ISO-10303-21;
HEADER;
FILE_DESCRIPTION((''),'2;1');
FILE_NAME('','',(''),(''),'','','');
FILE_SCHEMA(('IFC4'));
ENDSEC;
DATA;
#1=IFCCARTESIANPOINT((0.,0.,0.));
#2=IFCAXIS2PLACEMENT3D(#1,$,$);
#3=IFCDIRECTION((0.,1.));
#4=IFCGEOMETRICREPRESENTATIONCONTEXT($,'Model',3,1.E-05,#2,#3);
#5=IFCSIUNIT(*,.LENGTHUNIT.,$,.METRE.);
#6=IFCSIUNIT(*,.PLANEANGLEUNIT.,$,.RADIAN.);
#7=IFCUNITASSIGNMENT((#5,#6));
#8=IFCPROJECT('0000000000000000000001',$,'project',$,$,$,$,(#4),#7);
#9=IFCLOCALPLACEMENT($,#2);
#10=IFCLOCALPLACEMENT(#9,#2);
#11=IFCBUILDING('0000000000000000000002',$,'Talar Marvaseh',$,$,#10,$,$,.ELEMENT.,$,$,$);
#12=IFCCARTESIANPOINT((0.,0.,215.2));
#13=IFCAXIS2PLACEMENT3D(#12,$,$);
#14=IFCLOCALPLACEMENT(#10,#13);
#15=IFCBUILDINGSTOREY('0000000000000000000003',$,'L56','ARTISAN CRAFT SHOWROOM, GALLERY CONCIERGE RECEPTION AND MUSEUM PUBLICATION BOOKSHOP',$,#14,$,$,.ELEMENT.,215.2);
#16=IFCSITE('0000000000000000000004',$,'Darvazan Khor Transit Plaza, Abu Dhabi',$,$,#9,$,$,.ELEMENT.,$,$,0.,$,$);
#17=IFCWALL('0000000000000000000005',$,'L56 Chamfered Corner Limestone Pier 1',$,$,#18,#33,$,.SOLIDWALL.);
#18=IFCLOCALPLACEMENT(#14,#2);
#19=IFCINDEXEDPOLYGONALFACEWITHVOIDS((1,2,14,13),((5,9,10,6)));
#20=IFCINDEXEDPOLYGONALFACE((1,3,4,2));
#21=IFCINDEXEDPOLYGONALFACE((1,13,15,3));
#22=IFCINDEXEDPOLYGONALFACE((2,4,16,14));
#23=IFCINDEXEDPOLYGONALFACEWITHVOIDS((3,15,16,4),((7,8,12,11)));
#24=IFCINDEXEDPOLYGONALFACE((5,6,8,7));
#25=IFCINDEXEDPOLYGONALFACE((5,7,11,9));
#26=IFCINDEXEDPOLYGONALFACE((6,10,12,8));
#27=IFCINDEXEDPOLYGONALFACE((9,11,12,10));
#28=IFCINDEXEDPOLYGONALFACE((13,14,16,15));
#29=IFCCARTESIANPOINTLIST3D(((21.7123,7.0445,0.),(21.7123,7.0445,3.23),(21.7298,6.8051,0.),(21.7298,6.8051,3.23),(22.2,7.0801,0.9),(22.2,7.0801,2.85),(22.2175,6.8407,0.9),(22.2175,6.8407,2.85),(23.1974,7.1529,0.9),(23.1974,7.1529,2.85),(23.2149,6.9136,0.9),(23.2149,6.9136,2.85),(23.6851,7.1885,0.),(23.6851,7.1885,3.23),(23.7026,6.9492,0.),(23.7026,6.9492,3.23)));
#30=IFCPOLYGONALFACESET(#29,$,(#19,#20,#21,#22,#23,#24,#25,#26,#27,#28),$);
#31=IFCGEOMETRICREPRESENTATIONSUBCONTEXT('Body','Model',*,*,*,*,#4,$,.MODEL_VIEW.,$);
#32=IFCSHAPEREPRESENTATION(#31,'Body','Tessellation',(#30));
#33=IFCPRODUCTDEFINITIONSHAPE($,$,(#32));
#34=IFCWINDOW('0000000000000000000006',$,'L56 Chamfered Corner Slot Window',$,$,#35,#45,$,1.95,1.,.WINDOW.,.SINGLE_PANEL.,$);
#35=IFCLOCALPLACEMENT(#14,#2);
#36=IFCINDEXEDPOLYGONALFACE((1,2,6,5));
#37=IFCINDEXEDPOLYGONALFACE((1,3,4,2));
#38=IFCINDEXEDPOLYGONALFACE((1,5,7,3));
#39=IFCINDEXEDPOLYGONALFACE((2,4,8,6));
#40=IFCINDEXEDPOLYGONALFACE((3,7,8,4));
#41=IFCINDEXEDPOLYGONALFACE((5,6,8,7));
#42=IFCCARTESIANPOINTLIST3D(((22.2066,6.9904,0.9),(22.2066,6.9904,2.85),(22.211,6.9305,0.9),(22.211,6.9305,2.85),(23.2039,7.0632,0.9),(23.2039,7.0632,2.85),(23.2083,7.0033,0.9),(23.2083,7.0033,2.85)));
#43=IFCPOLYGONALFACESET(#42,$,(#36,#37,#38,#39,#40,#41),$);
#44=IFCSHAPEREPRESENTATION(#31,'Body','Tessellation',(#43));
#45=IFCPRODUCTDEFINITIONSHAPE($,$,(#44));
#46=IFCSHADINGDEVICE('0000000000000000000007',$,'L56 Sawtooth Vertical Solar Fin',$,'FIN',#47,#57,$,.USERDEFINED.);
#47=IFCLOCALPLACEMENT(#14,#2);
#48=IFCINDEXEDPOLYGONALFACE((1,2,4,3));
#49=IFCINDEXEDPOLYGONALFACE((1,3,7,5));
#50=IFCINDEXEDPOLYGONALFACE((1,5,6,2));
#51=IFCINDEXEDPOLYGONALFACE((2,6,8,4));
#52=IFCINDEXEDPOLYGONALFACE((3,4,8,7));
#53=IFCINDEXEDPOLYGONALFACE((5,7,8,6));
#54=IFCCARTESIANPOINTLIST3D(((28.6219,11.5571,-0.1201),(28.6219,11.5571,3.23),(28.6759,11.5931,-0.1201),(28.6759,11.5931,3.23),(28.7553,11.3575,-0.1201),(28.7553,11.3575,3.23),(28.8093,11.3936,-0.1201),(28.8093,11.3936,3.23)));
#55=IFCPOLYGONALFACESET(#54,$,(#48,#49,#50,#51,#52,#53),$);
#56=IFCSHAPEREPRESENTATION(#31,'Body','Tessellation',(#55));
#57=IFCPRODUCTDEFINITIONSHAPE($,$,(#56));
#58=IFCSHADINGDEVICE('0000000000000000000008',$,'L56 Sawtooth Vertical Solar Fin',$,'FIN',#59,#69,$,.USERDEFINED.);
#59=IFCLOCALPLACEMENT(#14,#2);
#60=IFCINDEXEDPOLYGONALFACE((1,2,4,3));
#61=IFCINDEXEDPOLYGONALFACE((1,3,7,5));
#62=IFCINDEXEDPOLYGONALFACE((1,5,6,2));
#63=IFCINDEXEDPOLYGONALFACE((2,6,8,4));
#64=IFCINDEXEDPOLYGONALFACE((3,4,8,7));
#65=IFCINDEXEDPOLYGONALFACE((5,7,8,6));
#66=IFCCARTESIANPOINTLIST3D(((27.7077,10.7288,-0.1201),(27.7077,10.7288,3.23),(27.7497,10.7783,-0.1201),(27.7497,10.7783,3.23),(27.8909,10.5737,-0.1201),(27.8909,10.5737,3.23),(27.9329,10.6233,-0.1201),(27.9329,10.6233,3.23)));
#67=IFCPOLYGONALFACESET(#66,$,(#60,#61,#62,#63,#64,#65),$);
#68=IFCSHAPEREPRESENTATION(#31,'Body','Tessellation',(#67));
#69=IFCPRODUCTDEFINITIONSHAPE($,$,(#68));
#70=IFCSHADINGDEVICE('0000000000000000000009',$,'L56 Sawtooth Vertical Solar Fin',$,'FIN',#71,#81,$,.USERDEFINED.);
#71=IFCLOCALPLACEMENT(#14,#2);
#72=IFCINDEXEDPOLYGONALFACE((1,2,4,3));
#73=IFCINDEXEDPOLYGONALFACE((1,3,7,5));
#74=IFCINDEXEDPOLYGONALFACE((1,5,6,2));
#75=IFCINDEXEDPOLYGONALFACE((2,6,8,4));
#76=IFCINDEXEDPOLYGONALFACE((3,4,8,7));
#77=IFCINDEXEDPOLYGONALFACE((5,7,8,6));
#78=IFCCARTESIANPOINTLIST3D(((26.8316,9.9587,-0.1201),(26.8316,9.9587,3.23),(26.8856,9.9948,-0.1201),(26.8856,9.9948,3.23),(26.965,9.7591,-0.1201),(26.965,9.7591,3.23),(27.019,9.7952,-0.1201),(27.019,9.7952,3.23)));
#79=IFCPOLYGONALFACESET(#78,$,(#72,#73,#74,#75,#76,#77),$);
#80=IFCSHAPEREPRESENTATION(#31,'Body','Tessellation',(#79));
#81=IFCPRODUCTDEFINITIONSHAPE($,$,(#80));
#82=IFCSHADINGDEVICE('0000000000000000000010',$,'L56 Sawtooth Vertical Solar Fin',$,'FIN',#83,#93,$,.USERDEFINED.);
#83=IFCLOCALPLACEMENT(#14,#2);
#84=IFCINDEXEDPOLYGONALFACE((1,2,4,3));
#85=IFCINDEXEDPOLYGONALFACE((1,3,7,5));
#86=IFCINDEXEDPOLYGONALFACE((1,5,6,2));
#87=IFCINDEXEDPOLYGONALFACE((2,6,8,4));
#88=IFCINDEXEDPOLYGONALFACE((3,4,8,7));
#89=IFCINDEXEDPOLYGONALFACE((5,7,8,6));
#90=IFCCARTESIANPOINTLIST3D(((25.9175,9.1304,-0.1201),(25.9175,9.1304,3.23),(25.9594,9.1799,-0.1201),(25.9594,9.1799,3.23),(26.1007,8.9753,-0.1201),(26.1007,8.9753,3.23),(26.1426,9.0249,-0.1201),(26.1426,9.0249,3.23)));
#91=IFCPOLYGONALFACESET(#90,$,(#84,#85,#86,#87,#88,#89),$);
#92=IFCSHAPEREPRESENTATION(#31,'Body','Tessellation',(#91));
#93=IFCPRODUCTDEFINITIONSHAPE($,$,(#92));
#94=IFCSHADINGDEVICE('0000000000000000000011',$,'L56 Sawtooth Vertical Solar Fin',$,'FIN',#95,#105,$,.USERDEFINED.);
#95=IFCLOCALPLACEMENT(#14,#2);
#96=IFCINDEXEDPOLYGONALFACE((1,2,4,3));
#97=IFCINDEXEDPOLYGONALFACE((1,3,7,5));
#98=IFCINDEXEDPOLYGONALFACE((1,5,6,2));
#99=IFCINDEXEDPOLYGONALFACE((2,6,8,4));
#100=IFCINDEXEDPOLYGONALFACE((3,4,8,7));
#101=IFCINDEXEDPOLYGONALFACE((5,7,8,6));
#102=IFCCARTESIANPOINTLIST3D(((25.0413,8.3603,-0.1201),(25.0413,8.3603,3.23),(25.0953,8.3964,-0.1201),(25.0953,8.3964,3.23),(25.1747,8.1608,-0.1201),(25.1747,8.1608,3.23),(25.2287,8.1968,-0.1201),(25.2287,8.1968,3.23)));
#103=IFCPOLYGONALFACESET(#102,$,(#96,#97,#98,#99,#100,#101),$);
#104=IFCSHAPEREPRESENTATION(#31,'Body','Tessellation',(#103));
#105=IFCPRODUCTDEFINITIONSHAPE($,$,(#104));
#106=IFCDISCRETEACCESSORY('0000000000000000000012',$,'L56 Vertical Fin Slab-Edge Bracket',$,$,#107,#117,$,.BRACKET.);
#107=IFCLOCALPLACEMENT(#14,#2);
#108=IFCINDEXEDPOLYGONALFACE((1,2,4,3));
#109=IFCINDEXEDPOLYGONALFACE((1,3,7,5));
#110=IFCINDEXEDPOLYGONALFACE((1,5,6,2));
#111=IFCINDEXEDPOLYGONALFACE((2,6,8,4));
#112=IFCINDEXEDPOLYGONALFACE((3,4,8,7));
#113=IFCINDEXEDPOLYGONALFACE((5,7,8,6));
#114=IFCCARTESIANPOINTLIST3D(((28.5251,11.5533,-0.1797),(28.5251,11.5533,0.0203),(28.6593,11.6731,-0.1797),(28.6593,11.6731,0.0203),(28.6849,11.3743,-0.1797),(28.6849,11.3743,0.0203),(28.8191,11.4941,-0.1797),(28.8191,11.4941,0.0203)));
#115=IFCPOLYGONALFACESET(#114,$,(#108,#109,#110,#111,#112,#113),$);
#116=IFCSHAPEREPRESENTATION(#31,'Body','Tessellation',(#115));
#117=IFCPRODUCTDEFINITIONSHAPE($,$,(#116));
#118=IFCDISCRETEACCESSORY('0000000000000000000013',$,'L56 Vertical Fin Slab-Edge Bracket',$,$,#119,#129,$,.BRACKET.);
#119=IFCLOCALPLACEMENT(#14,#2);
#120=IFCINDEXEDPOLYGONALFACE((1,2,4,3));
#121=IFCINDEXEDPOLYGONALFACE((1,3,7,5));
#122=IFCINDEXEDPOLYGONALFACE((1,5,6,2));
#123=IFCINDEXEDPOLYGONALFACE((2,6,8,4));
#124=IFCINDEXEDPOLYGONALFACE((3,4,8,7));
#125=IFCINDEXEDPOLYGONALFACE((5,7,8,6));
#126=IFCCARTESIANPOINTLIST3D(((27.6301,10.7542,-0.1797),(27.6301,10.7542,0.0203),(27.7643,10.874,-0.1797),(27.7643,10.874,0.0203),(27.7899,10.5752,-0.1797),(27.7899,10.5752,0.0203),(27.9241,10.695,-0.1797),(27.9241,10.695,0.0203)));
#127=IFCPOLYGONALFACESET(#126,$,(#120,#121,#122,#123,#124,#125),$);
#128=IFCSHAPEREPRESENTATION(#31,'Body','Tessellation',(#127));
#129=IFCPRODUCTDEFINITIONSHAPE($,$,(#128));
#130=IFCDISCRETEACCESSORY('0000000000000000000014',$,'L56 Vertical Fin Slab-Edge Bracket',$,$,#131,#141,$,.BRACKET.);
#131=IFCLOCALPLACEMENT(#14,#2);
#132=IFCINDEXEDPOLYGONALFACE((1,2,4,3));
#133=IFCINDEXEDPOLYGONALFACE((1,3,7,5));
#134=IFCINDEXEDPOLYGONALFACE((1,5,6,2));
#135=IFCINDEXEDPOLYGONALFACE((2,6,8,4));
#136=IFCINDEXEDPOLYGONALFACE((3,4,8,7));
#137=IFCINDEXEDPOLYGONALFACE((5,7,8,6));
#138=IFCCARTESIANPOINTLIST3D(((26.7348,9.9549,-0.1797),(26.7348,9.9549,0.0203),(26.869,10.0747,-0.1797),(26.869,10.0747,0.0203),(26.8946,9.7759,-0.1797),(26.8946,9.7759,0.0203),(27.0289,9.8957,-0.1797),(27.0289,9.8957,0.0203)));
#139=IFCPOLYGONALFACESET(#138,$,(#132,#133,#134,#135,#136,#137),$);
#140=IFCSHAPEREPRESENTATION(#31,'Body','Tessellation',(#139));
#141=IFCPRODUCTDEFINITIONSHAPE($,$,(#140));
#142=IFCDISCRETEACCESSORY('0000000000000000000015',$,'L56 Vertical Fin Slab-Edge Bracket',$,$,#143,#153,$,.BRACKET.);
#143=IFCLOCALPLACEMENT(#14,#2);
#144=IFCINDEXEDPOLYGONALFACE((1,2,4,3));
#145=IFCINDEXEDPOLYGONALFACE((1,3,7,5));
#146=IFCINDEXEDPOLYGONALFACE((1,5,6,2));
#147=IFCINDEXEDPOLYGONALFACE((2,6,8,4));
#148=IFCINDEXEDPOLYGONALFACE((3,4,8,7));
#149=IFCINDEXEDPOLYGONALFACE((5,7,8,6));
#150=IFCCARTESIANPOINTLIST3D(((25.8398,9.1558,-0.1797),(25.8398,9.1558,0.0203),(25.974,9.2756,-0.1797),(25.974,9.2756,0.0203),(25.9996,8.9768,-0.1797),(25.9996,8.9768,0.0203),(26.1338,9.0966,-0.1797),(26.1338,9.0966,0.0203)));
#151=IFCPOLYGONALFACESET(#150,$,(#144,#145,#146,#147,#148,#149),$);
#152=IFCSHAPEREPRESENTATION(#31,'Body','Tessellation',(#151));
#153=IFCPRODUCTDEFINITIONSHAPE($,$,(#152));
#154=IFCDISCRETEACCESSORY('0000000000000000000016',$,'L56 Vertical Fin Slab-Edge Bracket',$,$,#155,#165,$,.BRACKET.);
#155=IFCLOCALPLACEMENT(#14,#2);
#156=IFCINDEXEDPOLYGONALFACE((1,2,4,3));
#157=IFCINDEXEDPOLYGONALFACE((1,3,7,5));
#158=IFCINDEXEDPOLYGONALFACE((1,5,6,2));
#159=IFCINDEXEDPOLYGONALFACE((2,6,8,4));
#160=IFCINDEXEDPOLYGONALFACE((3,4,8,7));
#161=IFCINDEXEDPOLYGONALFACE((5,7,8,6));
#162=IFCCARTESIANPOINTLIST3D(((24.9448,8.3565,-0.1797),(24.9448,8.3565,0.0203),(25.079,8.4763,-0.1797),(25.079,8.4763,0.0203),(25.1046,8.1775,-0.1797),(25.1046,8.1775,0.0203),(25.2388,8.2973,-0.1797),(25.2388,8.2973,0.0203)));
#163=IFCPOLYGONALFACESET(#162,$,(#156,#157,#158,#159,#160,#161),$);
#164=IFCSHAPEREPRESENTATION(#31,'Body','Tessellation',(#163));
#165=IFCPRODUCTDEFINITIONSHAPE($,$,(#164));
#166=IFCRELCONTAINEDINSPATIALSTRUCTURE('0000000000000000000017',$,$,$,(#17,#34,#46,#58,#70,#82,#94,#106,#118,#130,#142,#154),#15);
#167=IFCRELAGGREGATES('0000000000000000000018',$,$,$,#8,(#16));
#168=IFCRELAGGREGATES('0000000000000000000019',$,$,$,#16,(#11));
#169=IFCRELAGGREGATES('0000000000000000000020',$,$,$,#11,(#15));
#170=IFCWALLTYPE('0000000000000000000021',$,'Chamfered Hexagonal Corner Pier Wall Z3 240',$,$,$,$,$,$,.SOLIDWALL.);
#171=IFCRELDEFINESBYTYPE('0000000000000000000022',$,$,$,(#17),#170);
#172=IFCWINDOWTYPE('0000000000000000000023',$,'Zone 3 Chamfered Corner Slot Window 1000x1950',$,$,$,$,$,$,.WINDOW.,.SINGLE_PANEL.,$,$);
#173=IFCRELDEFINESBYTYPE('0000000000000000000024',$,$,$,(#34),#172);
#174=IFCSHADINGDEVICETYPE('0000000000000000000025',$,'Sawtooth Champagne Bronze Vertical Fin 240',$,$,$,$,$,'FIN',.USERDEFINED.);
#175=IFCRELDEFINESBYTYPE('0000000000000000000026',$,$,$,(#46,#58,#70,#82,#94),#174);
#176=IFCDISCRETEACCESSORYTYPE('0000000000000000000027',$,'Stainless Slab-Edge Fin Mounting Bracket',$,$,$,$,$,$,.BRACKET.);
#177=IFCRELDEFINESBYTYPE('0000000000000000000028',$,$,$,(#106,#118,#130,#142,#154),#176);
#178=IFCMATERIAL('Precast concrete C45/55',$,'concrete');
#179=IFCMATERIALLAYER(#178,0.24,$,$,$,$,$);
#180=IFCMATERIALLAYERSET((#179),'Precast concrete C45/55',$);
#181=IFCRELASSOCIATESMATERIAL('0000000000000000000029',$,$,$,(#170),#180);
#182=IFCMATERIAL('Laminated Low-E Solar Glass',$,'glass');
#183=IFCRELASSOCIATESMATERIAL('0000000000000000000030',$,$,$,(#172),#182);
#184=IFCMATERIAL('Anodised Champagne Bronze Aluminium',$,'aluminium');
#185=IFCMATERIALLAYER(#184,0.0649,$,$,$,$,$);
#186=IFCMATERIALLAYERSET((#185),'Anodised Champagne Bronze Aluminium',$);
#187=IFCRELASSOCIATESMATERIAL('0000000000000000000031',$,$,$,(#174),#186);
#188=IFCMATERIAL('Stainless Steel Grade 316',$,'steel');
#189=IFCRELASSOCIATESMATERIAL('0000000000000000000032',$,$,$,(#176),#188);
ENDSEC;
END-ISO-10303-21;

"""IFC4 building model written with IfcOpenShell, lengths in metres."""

from ifc_helpers import new_model, si_unit, direction, frame, frame_2d, origin, origin_2d, place, context, subcontext, project, spatial, rectangle, extrude, source, transform, mapped, material, layer, layer_set, type_object, type_shapes, element, fill, save


model = new_model("IFC4")

# Units and contexts
model_context = context("Model", 3, precision=1e-05, world=origin(), true_north=direction((0.0, 1.0)))
body_context = subcontext(model_context, "Body", "Model", "MODEL_VIEW")
ifc_project = project(units=[si_unit("LENGTHUNIT", "METRE"), si_unit("PLANEANGLEUNIT", "RADIAN")], contexts=[model_context])

# Site, building, storey
site_placement = place(None, origin())
site = spatial("IfcSite", under=ifc_project, at=site_placement, Name="Darvazan Khor Transit Plaza, Abu Dhabi", CompositionType="ELEMENT", RefElevation=0.0)
building_placement = place(site_placement, origin())
building = spatial("IfcBuilding", under=site, at=building_placement, Name="Talar Marvaseh", CompositionType="ELEMENT")
storey_placement = place(building_placement, frame((0.0, 0.0, 215.2)))
storey = spatial("IfcBuildingStorey", under=building, at=storey_placement, Name="L56", Description="ARTISAN CRAFT SHOWROOM, GALLERY CONCIERGE RECEPTION AND MUSEUM PUBLICATION BOOKSHOP", CompositionType="ELEMENT", Elevation=215.2)

# Shared definitions
ifc_material_1 = material(Name="Laminated Low-E Solar Glass", Category="glass")

# Wall, opening, window
ifc_material_2 = material(Name="Precast concrete C45/55", Category="concrete")
ifc_layer_1 = layer(ifc_material_2, 0.24)
ifc_layer_set_1 = layer_set([ifc_layer_1], Name="Precast concrete C45/55")
wall_type = type_object("IfcWallType", Name="Chamfered Hexagonal Corner Pier Wall Z3 240", PredefinedType="SOLIDWALL", material=ifc_layer_set_1)
wall_placement = place(storey_placement, frame((23.6938, 7.0688, 0.0), z_axis=(0.0, 0.0, 1.0), x_axis=(-0.997345, -0.072826, 0.0)))
wall = element("IfcWall", 1, at=wall_placement, inside=storey, type_object=wall_type, Name="L56 Chamfered Corner Limestone Pier 1", PredefinedType="SOLIDWALL", context=body_context, shape_type="SweptSolid", body=[
    extrude(rectangle(XDim=1.978, YDim=0.24, at=frame_2d((0.989, 0.0))), origin(), (0.0, 0.0, 1.0), 3.23),
])
opening_placement = place(wall_placement, frame((0.489, 0.0, 0.8999)))
opening = element("IfcOpeningElement", 2, at=opening_placement, cuts=wall, PredefinedType="OPENING", context=body_context, shape_type="SweptSolid", body=[
    extrude(rectangle(XDim=1.0, YDim=1.95, at=frame_2d((0.5, 0.9751))), frame((0.0, 0.1299, 0.0), z_axis=(0.0, -1.0, 0.0), x_axis=(1.0, 0.0, 0.0)), (0.0, 0.0, 1.0), 0.26),
])
window_type = type_object("IfcWindowType", Name="Zone 3 Chamfered Corner Slot Window 1000x1950", PartitioningType="SINGLE_PANEL", PredefinedType="WINDOW", material=ifc_material_1)
shared_shape_1 = source(origin(), body_context, "Body", "SweptSolid", [
    extrude(rectangle(XDim=1.0, YDim=1.95, at=frame_2d((0.5, 0.9751))), frame((0.0, 0.03, 0.0), z_axis=(0.0, -1.0, 0.0), x_axis=(1.0, 0.0, 0.0)), (0.0, 0.0, 1.0), 0.0601),
])
type_shapes(window_type, [shared_shape_1])
window_placement = place(opening_placement, origin())
window = element("IfcWindow", 3, at=window_placement, inside=storey, type_object=window_type, Name="L56 Chamfered Corner Slot Window", OverallHeight=1.95, OverallWidth=1.0, PartitioningType="SINGLE_PANEL", PredefinedType="WINDOW", context=body_context, shape_type="MappedRepresentation", body=[
    mapped(shared_shape_1, transform((0.0, 0.0, 0.0), x_axis=(1.0, 0.0, 0.0), y_axis=(0.0, 1.0, 0.0), z_axis=(0.0, 0.0, 1.0), scale=1.0)),
])
fill(opening, window)

# Shading devices
ifc_material_3 = material(Name="Anodised Champagne Bronze Aluminium", Category="aluminium")
ifc_layer_2 = layer(ifc_material_3, 0.0649)
ifc_layer_set_2 = layer_set([ifc_layer_2], Name="Anodised Champagne Bronze Aluminium")
shading_device_type = type_object("IfcShadingDeviceType", Name="Sawtooth Champagne Bronze Vertical Fin 240", ElementType="FIN", PredefinedType="USERDEFINED", material=ifc_layer_set_2)
shared_shape_2 = source(origin(), body_context, "Body", "SweptSolid", [
    extrude(rectangle(XDim=0.24, YDim=0.0649, at=origin_2d()), origin(), (0.0, 0.0, 1.0), 3.3501),
])
type_shapes(shading_device_type, [shared_shape_2])
for number, where, z_axis, x_axis, name in (
    (4, (28.7156, 11.4753, -0.1201), (0.0, 0.0, 1.0), (0.555715, -0.831373, 0.0), "L56 Sawtooth Vertical Solar Fin"),
    (5, (27.8203, 10.676, -0.1201), (0.0, 0.0, 1.0), (0.763345, -0.645991, 0.0), "L56 Sawtooth Vertical Solar Fin"),
    (6, (26.9253, 9.877, -0.1201), (0.0, 0.0, 1.0), (0.555715, -0.831373, 0.0), "L56 Sawtooth Vertical Solar Fin"),
    (7, (26.03, 9.0776, -0.1201), (0.0, 0.0, 1.0), (0.763345, -0.645991, 0.0), "L56 Sawtooth Vertical Solar Fin"),
    (8, (25.135, 8.2786, -0.1201), (0.0, 0.0, 1.0), (0.555715, -0.831373, 0.0), "L56 Sawtooth Vertical Solar Fin"),
):
    element("IfcShadingDevice", number, at=place(storey_placement, frame(where, z_axis=z_axis, x_axis=x_axis)), inside=storey, type_object=shading_device_type, Name=name, ObjectType="FIN", PredefinedType="USERDEFINED", context=body_context, shape_type="MappedRepresentation", body=[
        mapped(shared_shape_2, transform((0.0, 0.0, 0.0), x_axis=(1.0, 0.0, 0.0), y_axis=(0.0, 1.0, 0.0), z_axis=(0.0, 0.0, 1.0), scale=1.0)),
    ])

# Discrete accessories
ifc_material_4 = material(Name="Stainless Steel Grade 316", Category="steel")
discrete_accessory_type = type_object("IfcDiscreteAccessoryType", Name="Stainless Slab-Edge Fin Mounting Bracket", PredefinedType="BRACKET", material=ifc_material_4)
shared_shape_3 = source(origin(), body_context, "Body", "SweptSolid", [
    extrude(rectangle(XDim=0.24, YDim=0.1799, at=origin_2d()), origin(), (0.0, 0.0, 1.0), 0.2),
])
type_shapes(discrete_accessory_type, [shared_shape_3])
for number, where, z_axis, x_axis, name in (
    (9, (28.6721, 11.5237, -0.1797), (0.0, 0.0, 1.0), (0.666012, -0.745941, 0.0), "L56 Vertical Fin Slab-Edge Bracket"),
    (10, (27.7771, 10.7246, -0.1797), (0.0, 0.0, 1.0), (0.666012, -0.745941, 0.0), "L56 Vertical Fin Slab-Edge Bracket"),
    (11, (26.8818, 9.9253, -0.1797), (0.0, 0.0, 1.0), (0.666012, -0.745941, 0.0), "L56 Vertical Fin Slab-Edge Bracket"),
    (12, (25.9868, 9.1262, -0.1797), (0.0, 0.0, 1.0), (0.666012, -0.745941, 0.0), "L56 Vertical Fin Slab-Edge Bracket"),
    (13, (25.0918, 8.3269, -0.1797), (0.0, 0.0, 1.0), (0.666012, -0.745941, 0.0), "L56 Vertical Fin Slab-Edge Bracket"),
):
    element("IfcDiscreteAccessory", number, at=place(storey_placement, frame(where, z_axis=z_axis, x_axis=x_axis)), inside=storey, type_object=discrete_accessory_type, Name=name, PredefinedType="BRACKET", context=body_context, shape_type="MappedRepresentation", body=[
        mapped(shared_shape_3, transform((0.0, 0.0, 0.0), x_axis=(1.0, 0.0, 0.0), y_axis=(0.0, 1.0, 0.0), z_axis=(0.0, 0.0, 1.0), scale=1.0)),
    ])

save(model, "model.ifc")
